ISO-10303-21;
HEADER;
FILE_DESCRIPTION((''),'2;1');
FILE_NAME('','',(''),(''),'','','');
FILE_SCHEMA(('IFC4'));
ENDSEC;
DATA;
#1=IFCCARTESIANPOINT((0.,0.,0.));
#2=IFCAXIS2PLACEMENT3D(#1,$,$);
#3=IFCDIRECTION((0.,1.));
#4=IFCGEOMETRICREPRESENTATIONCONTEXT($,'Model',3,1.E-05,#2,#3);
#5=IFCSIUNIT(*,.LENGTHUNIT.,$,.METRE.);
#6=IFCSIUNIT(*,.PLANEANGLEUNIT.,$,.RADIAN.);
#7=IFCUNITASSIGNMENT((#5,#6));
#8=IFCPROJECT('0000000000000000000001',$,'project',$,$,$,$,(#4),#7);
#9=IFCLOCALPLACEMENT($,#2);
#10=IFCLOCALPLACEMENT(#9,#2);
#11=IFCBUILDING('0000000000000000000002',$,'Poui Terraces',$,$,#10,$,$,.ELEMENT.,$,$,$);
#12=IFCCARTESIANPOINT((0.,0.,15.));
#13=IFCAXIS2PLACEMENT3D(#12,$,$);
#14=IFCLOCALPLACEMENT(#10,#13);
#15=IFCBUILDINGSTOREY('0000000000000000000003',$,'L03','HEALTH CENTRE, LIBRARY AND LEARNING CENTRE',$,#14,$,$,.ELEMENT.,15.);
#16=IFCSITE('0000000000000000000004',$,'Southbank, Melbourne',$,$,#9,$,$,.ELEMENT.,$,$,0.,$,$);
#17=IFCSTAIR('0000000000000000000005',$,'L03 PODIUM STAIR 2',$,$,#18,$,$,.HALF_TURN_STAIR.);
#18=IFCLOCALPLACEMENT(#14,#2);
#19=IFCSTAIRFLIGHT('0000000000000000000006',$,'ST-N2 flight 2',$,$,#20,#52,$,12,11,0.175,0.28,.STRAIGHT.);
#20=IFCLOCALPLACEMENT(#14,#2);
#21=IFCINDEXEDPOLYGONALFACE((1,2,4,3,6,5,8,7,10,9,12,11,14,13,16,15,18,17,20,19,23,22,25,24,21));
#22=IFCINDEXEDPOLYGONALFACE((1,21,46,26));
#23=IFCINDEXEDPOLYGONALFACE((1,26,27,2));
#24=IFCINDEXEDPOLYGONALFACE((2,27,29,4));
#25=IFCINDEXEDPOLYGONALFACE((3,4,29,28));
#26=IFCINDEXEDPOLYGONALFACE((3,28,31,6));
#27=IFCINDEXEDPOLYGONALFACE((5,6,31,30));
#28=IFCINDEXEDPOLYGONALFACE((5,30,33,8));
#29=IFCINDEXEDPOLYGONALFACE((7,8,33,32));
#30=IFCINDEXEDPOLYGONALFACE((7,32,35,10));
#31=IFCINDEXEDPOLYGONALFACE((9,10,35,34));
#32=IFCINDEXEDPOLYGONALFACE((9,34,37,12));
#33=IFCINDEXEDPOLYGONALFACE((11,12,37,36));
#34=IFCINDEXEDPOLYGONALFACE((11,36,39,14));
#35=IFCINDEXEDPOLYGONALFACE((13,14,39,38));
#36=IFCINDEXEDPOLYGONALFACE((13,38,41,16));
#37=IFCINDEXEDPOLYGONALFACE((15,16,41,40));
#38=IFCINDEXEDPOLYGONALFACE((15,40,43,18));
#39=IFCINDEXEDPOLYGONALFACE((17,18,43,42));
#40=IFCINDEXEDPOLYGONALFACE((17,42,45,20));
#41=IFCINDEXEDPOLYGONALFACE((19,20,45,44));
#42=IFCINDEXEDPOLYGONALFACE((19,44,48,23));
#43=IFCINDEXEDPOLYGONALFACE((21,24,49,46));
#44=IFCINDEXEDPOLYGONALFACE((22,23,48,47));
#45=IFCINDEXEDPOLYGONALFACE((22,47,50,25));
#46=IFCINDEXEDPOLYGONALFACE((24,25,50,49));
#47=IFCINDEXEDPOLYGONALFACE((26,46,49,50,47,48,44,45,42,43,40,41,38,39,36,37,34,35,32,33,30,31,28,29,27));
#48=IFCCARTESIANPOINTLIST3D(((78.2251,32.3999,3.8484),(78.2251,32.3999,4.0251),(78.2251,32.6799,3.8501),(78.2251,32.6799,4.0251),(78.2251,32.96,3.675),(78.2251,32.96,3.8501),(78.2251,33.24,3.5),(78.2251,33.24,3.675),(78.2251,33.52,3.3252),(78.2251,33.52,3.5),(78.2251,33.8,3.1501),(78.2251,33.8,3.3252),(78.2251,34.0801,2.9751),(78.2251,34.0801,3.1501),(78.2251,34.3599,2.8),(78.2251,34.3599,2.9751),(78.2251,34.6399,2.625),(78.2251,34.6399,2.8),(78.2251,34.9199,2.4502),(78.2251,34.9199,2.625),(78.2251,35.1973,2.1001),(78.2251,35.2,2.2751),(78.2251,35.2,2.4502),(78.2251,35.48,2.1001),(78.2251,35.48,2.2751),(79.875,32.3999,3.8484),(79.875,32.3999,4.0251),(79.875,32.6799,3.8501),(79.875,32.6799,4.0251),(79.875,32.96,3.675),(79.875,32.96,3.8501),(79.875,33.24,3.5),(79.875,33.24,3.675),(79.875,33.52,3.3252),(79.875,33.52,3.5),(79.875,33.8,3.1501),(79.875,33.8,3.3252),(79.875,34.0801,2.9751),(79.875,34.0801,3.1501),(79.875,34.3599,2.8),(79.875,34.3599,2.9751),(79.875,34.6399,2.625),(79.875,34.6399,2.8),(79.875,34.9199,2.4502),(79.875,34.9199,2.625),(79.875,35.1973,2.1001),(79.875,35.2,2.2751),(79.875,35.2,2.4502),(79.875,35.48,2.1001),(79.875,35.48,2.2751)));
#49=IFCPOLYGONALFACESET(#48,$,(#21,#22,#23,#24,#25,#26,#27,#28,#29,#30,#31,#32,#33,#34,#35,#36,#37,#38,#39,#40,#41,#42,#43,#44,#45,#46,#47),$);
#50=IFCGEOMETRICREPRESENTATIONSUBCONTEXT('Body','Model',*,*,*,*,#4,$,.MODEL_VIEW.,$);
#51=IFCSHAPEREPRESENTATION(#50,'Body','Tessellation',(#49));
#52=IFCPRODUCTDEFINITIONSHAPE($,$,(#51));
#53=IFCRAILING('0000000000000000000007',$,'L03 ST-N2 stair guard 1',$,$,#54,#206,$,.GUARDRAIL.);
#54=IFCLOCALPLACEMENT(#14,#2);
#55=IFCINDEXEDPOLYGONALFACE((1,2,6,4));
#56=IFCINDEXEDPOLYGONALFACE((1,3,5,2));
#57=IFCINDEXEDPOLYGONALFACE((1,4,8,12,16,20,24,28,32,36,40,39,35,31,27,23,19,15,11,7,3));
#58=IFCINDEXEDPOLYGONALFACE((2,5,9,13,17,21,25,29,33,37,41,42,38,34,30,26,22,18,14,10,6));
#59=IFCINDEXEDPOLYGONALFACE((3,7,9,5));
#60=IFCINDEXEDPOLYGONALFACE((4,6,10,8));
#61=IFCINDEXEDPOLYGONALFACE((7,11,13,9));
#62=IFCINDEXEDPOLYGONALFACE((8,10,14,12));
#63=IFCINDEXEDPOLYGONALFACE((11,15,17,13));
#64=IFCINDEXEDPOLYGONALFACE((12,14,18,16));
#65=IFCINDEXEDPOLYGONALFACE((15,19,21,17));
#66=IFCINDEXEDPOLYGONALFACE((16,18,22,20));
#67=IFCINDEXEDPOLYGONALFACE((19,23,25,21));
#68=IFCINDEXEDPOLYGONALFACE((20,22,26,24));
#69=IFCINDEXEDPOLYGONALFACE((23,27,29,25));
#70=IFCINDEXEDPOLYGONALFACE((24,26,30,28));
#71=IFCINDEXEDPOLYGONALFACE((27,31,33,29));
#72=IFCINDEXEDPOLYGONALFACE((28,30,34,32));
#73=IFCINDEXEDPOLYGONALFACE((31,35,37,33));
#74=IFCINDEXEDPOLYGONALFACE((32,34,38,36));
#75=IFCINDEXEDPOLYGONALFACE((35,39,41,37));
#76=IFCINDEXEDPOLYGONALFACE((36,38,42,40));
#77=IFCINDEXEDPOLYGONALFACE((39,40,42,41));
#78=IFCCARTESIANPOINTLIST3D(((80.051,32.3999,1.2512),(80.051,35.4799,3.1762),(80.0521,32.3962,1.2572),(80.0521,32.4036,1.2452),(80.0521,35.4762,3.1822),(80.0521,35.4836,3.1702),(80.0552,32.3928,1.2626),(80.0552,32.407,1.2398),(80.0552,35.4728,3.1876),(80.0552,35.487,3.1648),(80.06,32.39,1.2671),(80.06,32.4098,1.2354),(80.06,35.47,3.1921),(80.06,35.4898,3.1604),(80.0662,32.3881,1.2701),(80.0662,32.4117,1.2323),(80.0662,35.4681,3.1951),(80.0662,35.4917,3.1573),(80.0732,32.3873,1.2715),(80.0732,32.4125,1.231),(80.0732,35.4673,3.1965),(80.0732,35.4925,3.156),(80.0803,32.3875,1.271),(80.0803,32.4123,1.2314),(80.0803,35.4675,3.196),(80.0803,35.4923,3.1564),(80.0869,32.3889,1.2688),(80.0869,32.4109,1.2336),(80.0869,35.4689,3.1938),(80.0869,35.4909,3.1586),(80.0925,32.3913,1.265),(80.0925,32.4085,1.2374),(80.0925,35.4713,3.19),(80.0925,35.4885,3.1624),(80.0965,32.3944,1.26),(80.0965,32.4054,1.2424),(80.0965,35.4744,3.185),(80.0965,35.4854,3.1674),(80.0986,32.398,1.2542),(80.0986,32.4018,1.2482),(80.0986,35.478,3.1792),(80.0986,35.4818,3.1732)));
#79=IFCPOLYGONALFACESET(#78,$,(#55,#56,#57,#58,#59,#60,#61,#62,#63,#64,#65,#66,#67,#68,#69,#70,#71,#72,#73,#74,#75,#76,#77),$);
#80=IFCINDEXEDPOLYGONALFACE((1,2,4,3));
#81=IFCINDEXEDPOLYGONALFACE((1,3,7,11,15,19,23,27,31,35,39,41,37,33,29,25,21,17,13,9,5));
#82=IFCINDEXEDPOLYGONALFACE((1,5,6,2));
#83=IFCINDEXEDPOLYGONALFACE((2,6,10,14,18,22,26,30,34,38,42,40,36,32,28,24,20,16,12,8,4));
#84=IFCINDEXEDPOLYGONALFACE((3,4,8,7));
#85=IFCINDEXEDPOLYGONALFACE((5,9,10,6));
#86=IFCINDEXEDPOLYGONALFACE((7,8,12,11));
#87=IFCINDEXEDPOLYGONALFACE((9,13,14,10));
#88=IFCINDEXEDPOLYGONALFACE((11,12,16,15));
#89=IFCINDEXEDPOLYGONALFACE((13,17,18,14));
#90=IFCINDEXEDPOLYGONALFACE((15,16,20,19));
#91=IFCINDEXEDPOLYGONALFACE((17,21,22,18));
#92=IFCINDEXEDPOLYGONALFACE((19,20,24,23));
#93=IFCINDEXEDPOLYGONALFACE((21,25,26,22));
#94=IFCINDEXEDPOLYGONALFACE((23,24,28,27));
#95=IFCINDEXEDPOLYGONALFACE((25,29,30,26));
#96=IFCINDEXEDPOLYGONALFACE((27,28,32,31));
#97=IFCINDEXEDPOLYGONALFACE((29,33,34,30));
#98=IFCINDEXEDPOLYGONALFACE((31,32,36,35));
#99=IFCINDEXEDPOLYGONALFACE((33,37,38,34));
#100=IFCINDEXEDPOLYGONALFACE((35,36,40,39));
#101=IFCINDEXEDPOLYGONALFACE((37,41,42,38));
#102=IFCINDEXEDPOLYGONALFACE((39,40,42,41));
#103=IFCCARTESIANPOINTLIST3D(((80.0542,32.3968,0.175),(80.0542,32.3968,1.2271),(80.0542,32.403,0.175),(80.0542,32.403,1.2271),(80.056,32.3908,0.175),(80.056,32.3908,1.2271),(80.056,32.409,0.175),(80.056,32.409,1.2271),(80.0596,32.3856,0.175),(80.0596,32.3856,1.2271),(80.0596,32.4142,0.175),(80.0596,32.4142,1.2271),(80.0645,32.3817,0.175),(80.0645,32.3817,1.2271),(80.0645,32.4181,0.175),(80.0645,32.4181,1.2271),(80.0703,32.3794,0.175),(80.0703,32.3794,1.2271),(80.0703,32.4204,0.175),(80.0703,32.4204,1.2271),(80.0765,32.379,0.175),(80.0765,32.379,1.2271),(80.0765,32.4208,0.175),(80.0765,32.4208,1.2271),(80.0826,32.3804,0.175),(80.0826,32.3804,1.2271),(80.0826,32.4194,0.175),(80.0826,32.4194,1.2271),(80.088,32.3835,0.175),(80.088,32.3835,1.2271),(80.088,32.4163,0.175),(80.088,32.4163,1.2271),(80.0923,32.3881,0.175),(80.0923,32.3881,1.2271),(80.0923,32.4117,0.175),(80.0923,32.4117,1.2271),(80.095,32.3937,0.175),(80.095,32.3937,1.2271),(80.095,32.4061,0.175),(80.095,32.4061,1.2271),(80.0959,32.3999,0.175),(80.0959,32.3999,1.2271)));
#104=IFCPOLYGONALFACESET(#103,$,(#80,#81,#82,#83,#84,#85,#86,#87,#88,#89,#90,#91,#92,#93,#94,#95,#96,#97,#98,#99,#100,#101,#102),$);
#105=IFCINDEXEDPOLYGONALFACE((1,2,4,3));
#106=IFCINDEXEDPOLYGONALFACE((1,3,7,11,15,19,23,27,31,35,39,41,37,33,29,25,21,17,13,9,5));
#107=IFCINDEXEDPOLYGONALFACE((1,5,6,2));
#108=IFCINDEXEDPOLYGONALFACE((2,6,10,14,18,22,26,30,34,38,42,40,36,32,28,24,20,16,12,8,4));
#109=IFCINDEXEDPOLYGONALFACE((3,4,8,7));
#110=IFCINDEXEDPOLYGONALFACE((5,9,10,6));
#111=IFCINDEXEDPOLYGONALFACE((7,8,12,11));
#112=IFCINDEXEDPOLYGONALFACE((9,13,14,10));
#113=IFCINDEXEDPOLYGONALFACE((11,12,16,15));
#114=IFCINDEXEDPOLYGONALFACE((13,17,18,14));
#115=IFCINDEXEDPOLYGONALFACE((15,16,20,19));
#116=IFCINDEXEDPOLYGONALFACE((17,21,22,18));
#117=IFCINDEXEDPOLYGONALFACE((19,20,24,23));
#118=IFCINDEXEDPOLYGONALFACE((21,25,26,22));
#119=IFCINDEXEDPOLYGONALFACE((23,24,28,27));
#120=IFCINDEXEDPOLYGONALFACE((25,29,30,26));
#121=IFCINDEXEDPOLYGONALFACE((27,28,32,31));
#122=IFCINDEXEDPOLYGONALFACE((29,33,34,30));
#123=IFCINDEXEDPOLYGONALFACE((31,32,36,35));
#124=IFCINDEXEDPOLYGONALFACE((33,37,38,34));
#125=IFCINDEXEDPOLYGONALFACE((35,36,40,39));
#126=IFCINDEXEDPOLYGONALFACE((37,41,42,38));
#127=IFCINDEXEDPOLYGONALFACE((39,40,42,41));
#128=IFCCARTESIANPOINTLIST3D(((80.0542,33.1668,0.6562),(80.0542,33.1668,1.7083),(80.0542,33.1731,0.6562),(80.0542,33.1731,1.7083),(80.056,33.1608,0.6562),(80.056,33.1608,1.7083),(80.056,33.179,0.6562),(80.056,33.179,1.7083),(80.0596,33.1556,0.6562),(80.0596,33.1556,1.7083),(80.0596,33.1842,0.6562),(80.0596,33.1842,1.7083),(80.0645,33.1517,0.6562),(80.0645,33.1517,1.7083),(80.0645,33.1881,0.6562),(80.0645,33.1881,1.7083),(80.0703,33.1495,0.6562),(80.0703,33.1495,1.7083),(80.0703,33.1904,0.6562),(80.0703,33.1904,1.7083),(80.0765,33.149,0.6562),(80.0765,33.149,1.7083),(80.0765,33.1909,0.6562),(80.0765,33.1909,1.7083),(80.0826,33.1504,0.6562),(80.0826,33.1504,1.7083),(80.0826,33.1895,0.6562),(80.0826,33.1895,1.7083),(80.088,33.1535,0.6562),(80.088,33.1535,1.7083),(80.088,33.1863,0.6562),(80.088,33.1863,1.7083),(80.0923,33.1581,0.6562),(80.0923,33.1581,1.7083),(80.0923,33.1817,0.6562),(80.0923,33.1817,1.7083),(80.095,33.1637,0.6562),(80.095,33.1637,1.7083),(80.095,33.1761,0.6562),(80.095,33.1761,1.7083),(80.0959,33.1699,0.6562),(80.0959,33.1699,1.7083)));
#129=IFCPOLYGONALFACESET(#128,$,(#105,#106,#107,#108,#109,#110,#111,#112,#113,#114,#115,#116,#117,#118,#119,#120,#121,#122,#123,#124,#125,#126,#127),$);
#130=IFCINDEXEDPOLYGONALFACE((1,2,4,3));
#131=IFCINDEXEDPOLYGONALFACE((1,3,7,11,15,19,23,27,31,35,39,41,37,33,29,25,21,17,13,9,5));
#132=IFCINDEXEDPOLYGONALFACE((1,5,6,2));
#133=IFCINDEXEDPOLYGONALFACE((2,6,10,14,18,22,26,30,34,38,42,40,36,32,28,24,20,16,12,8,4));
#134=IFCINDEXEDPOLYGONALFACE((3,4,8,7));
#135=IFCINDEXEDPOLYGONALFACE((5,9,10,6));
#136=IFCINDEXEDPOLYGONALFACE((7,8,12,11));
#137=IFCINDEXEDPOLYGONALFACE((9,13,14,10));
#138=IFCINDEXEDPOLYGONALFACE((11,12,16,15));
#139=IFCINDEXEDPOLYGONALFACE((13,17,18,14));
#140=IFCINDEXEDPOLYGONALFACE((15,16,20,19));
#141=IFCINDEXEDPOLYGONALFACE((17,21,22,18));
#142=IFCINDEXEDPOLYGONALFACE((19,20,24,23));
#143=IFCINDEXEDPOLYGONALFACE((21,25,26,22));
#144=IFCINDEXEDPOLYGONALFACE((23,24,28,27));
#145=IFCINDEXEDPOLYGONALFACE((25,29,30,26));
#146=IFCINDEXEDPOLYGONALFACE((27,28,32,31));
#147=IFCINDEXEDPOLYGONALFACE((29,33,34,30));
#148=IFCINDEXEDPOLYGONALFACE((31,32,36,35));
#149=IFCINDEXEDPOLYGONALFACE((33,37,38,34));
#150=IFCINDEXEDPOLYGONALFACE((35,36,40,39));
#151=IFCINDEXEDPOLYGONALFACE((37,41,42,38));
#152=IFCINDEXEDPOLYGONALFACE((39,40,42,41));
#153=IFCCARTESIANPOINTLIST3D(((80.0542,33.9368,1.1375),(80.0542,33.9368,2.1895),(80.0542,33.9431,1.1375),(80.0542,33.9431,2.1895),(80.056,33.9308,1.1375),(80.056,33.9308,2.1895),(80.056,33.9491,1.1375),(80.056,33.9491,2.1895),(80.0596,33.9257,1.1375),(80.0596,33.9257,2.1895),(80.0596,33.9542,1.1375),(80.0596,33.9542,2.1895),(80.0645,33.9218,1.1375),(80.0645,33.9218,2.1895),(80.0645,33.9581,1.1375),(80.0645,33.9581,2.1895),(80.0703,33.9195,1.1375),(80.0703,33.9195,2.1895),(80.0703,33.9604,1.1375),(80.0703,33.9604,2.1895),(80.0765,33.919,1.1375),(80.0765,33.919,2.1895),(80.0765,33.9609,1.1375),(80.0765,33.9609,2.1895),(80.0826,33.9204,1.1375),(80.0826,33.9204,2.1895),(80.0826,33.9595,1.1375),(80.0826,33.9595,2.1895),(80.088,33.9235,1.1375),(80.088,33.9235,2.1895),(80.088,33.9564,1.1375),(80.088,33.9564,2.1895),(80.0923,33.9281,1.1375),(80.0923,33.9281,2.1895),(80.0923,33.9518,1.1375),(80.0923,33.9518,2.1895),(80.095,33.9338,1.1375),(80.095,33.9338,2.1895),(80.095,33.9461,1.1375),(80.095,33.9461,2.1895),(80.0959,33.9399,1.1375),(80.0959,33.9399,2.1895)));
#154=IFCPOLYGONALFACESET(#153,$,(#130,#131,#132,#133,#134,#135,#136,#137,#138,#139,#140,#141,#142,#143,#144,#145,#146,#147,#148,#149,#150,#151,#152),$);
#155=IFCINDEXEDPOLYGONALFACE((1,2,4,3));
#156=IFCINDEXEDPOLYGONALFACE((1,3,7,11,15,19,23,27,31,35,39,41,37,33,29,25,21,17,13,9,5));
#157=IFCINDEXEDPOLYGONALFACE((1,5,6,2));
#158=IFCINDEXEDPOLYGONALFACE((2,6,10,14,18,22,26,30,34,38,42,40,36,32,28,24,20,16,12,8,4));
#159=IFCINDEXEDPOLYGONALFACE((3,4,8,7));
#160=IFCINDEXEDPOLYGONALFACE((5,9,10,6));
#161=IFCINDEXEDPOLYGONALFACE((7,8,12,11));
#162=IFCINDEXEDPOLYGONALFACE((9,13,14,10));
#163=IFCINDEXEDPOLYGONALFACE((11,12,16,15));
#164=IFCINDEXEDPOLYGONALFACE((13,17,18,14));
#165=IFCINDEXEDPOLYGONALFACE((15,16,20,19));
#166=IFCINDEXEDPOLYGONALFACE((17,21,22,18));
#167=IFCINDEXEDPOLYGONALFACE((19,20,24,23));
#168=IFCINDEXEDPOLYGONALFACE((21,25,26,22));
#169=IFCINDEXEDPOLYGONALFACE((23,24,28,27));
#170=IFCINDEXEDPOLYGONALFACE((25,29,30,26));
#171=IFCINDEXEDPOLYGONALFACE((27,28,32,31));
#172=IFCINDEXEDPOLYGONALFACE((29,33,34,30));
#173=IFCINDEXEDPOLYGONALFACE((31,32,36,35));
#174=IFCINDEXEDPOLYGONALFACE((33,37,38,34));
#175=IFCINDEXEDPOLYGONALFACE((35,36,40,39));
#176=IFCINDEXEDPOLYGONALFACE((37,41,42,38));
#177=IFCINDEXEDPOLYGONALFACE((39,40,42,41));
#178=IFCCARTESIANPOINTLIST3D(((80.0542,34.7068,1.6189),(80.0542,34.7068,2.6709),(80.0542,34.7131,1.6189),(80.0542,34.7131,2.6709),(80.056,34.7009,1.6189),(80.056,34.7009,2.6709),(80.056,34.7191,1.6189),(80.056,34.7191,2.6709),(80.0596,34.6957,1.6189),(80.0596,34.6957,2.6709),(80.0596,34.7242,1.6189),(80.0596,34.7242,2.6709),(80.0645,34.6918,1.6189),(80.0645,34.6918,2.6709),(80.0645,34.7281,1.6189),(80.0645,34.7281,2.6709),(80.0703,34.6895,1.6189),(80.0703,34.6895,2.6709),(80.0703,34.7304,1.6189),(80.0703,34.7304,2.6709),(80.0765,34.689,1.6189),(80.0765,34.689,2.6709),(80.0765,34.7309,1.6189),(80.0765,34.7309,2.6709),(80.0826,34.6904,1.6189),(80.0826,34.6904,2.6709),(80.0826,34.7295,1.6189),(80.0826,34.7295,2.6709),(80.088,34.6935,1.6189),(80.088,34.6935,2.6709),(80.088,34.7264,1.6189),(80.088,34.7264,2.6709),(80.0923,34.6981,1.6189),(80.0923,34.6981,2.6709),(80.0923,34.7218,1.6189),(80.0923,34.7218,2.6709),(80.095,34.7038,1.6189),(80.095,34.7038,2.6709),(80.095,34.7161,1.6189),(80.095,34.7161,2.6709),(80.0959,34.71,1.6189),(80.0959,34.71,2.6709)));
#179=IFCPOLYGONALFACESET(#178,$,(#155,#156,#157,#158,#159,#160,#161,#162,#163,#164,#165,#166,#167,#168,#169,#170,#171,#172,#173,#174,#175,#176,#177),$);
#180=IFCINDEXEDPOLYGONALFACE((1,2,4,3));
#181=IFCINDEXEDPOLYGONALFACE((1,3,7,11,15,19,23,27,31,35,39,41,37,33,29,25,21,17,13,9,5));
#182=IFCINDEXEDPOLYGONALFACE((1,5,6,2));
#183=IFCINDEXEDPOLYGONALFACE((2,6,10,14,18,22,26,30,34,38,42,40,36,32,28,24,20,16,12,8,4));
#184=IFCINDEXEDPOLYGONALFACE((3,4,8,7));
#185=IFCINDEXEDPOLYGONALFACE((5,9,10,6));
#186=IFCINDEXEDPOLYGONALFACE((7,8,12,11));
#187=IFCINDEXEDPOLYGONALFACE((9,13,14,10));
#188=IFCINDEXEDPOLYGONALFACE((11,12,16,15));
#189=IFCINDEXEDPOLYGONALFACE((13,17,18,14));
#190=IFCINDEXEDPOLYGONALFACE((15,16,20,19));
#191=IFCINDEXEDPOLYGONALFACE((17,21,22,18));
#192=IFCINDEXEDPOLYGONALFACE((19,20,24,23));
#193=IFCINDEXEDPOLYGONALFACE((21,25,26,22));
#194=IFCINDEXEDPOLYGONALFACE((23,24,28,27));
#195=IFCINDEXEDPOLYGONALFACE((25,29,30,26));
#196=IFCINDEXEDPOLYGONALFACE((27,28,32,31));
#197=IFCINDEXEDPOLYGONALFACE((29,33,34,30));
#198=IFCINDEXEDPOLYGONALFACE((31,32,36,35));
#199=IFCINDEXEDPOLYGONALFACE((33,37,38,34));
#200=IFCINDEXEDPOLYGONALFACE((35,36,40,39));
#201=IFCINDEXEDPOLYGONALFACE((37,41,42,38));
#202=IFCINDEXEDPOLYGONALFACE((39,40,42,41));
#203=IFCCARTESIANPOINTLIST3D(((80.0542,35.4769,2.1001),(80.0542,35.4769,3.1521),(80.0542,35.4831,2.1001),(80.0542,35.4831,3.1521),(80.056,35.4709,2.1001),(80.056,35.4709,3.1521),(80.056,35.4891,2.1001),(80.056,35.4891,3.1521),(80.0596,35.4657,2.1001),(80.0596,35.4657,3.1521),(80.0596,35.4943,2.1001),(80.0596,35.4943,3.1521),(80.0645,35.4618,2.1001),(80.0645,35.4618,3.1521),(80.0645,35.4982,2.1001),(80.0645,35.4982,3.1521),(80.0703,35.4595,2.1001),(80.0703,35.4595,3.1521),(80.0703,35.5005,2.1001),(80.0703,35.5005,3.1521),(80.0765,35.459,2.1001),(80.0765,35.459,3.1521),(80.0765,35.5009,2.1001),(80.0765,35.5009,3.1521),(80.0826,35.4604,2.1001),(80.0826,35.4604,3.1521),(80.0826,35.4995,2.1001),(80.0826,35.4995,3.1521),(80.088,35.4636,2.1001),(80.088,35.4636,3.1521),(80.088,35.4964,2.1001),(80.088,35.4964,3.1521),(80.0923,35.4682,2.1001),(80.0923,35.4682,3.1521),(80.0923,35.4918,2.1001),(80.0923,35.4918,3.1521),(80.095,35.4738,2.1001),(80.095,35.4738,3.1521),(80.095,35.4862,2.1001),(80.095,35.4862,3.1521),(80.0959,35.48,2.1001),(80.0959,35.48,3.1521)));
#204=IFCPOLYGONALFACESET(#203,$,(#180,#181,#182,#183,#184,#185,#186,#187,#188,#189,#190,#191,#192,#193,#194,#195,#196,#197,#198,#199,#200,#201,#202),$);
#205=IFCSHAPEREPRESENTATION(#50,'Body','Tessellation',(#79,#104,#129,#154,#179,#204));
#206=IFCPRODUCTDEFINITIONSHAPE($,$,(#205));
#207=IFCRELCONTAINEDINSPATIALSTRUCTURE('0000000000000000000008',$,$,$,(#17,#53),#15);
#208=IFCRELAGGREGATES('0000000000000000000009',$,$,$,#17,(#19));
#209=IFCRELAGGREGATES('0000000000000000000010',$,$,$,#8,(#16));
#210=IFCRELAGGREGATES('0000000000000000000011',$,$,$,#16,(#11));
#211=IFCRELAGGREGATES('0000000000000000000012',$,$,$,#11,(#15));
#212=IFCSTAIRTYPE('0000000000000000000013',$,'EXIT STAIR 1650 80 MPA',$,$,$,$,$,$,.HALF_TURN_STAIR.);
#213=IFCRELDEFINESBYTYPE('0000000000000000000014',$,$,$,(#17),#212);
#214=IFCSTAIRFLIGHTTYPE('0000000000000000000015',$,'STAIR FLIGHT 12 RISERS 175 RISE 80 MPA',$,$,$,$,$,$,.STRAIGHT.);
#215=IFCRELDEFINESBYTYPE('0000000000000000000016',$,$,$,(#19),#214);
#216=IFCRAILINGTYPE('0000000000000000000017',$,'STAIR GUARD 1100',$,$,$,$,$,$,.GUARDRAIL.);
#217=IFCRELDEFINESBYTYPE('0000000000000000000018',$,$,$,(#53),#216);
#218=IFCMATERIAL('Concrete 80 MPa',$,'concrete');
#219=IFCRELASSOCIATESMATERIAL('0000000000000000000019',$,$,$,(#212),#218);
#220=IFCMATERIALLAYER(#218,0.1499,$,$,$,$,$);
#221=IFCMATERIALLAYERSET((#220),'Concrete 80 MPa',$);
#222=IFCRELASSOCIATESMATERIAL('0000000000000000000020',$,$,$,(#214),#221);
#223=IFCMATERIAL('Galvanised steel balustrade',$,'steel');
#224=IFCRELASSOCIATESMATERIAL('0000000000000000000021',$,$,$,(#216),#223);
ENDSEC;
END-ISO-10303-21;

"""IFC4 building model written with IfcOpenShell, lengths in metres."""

from ifc_helpers import new_model, si_unit, direction, frame, origin, origin_2d, place, context, subcontext, project, spatial, polyline, circle, outline, extrude, material, layer, layer_set, type_object, element, aggregate, save


model = new_model("IFC4")

# Units and contexts
model_context = context("Model", 3, precision=1e-05, world=origin(), true_north=direction((0.0, 1.0)))
body_context = subcontext(model_context, "Body", "Model", "MODEL_VIEW")
ifc_project = project(units=[si_unit("LENGTHUNIT", "METRE"), si_unit("PLANEANGLEUNIT", "RADIAN")], contexts=[model_context])

# Site, building, storey
site_placement = place(None, origin())
site = spatial("IfcSite", under=ifc_project, at=site_placement, Name="Southbank, Melbourne", CompositionType="ELEMENT", RefElevation=0.0)
building_placement = place(site_placement, origin())
building = spatial("IfcBuilding", under=site, at=building_placement, Name="Poui Terraces", CompositionType="ELEMENT")
storey_placement = place(building_placement, frame((0.0, 0.0, 15.0)))
storey = spatial("IfcBuildingStorey", under=building, at=storey_placement, Name="L03", Description="HEALTH CENTRE, LIBRARY AND LEARNING CENTRE", CompositionType="ELEMENT", Elevation=15.0)

# Shared definitions
ifc_material_1 = material(Name="Concrete 80 MPa", Category="concrete")

# Stair, stair flight
stair_type = type_object("IfcStairType", Name="EXIT STAIR 1650 80 MPA", PredefinedType="HALF_TURN_STAIR", material=ifc_material_1)
stair_placement = place(storey_placement, origin())
stair = element("IfcStair", 1, at=stair_placement, inside=storey, type_object=stair_type, Name="L03 PODIUM STAIR 2", PredefinedType="HALF_TURN_STAIR")
ifc_layer_1 = layer(ifc_material_1, 0.1499)
ifc_layer_set_1 = layer_set([ifc_layer_1], Name="Concrete 80 MPa")
stair_flight_type = type_object("IfcStairFlightType", Name="STAIR FLIGHT 12 RISERS 175 RISE 80 MPA", PredefinedType="STRAIGHT", material=ifc_layer_set_1)
stair_flight_1_placement = place(storey_placement, frame((79.05, 35.48, 2.1001), z_axis=(0.0, 0.0, 1.0), x_axis=(0.0, -1.0, 0.0)))
stair_flight_1 = element("IfcStairFlight", 2, at=stair_flight_1_placement, type_object=stair_flight_type, Name="ST-N2 flight 2", NumberOfRisers=12, NumberOfTreads=11, PredefinedType="STRAIGHT", RiserHeight=0.175, TreadLength=0.28, context=body_context, shape_type="SweptSolid", body=[
    extrude(outline(polyline([(0.0, 0.0), (0.0, 0.175), (0.28, 0.175), (0.28, 0.3501), (0.5601, 0.3501), (0.5601, 0.5249), (0.8401, 0.5249), (0.8401, 0.7), (1.1201, 0.7), (1.1201, 0.875), (1.3999, 0.875), (1.3999, 1.05), (1.6799, 1.05), (1.6799, 1.2251), (1.96, 1.2251), (1.96, 1.3999), (2.24, 1.3999), (2.24, 1.575), (2.52, 1.575), (2.52, 1.75), (2.8, 1.75), (2.8, 1.925), (3.0801, 1.925), (3.0801, 2.1001), (3.0801, 1.7483), (0.2827, 0.0), (0.0, 0.0)])), frame((0.0, 0.825, 0.0), z_axis=(0.0, -1.0, 0.0), x_axis=(1.0, 0.0, 0.0)), (0.0, 0.0, 1.0), 1.6499),
])
aggregate(stair, [stair_flight_1])

# Railing
ifc_material_2 = material(Name="Galvanised steel balustrade", Category="steel")
railing_type_1 = type_object("IfcRailingType", Name="STAIR GUARD 1100", PredefinedType="GUARDRAIL", material=ifc_material_2)
railing_1_placement = place(storey_placement, frame((80.075, 32.3999, 0.175)))
element("IfcRailing", 3, at=railing_1_placement, inside=storey, type_object=railing_type_1, Name="L03 ST-N2 stair guard 1", PredefinedType="GUARDRAIL", context=body_context, shape_type="SweptSolid", body=[
    extrude(circle(Radius=0.0239, at=origin_2d()), frame((0.0, 0.0, 1.0762), z_axis=(0.0, 0.847998, 0.529999), x_axis=(-1.0, 0.0, 0.0)), (0.0, 0.0, 1.0), 3.6321),
    extrude(circle(Radius=0.021, at=origin_2d()), origin(), (0.0, 0.0, 1.0), 1.052),
    extrude(circle(Radius=0.021, at=origin_2d()), frame((0.0, 0.77, 0.4812)), (0.0, 0.0, 1.0), 1.052),
    extrude(circle(Radius=0.021, at=origin_2d()), frame((0.0, 1.54, 0.9624)), (0.0, 0.0, 1.0), 1.052),
    extrude(circle(Radius=0.021, at=origin_2d()), frame((0.0, 2.3101, 1.4438)), (0.0, 0.0, 1.0), 1.052),
    extrude(circle(Radius=0.021, at=origin_2d()), frame((0.0, 3.0801, 1.925)), (0.0, 0.0, 1.0), 1.052),
])

save(model, "model.ifc")
